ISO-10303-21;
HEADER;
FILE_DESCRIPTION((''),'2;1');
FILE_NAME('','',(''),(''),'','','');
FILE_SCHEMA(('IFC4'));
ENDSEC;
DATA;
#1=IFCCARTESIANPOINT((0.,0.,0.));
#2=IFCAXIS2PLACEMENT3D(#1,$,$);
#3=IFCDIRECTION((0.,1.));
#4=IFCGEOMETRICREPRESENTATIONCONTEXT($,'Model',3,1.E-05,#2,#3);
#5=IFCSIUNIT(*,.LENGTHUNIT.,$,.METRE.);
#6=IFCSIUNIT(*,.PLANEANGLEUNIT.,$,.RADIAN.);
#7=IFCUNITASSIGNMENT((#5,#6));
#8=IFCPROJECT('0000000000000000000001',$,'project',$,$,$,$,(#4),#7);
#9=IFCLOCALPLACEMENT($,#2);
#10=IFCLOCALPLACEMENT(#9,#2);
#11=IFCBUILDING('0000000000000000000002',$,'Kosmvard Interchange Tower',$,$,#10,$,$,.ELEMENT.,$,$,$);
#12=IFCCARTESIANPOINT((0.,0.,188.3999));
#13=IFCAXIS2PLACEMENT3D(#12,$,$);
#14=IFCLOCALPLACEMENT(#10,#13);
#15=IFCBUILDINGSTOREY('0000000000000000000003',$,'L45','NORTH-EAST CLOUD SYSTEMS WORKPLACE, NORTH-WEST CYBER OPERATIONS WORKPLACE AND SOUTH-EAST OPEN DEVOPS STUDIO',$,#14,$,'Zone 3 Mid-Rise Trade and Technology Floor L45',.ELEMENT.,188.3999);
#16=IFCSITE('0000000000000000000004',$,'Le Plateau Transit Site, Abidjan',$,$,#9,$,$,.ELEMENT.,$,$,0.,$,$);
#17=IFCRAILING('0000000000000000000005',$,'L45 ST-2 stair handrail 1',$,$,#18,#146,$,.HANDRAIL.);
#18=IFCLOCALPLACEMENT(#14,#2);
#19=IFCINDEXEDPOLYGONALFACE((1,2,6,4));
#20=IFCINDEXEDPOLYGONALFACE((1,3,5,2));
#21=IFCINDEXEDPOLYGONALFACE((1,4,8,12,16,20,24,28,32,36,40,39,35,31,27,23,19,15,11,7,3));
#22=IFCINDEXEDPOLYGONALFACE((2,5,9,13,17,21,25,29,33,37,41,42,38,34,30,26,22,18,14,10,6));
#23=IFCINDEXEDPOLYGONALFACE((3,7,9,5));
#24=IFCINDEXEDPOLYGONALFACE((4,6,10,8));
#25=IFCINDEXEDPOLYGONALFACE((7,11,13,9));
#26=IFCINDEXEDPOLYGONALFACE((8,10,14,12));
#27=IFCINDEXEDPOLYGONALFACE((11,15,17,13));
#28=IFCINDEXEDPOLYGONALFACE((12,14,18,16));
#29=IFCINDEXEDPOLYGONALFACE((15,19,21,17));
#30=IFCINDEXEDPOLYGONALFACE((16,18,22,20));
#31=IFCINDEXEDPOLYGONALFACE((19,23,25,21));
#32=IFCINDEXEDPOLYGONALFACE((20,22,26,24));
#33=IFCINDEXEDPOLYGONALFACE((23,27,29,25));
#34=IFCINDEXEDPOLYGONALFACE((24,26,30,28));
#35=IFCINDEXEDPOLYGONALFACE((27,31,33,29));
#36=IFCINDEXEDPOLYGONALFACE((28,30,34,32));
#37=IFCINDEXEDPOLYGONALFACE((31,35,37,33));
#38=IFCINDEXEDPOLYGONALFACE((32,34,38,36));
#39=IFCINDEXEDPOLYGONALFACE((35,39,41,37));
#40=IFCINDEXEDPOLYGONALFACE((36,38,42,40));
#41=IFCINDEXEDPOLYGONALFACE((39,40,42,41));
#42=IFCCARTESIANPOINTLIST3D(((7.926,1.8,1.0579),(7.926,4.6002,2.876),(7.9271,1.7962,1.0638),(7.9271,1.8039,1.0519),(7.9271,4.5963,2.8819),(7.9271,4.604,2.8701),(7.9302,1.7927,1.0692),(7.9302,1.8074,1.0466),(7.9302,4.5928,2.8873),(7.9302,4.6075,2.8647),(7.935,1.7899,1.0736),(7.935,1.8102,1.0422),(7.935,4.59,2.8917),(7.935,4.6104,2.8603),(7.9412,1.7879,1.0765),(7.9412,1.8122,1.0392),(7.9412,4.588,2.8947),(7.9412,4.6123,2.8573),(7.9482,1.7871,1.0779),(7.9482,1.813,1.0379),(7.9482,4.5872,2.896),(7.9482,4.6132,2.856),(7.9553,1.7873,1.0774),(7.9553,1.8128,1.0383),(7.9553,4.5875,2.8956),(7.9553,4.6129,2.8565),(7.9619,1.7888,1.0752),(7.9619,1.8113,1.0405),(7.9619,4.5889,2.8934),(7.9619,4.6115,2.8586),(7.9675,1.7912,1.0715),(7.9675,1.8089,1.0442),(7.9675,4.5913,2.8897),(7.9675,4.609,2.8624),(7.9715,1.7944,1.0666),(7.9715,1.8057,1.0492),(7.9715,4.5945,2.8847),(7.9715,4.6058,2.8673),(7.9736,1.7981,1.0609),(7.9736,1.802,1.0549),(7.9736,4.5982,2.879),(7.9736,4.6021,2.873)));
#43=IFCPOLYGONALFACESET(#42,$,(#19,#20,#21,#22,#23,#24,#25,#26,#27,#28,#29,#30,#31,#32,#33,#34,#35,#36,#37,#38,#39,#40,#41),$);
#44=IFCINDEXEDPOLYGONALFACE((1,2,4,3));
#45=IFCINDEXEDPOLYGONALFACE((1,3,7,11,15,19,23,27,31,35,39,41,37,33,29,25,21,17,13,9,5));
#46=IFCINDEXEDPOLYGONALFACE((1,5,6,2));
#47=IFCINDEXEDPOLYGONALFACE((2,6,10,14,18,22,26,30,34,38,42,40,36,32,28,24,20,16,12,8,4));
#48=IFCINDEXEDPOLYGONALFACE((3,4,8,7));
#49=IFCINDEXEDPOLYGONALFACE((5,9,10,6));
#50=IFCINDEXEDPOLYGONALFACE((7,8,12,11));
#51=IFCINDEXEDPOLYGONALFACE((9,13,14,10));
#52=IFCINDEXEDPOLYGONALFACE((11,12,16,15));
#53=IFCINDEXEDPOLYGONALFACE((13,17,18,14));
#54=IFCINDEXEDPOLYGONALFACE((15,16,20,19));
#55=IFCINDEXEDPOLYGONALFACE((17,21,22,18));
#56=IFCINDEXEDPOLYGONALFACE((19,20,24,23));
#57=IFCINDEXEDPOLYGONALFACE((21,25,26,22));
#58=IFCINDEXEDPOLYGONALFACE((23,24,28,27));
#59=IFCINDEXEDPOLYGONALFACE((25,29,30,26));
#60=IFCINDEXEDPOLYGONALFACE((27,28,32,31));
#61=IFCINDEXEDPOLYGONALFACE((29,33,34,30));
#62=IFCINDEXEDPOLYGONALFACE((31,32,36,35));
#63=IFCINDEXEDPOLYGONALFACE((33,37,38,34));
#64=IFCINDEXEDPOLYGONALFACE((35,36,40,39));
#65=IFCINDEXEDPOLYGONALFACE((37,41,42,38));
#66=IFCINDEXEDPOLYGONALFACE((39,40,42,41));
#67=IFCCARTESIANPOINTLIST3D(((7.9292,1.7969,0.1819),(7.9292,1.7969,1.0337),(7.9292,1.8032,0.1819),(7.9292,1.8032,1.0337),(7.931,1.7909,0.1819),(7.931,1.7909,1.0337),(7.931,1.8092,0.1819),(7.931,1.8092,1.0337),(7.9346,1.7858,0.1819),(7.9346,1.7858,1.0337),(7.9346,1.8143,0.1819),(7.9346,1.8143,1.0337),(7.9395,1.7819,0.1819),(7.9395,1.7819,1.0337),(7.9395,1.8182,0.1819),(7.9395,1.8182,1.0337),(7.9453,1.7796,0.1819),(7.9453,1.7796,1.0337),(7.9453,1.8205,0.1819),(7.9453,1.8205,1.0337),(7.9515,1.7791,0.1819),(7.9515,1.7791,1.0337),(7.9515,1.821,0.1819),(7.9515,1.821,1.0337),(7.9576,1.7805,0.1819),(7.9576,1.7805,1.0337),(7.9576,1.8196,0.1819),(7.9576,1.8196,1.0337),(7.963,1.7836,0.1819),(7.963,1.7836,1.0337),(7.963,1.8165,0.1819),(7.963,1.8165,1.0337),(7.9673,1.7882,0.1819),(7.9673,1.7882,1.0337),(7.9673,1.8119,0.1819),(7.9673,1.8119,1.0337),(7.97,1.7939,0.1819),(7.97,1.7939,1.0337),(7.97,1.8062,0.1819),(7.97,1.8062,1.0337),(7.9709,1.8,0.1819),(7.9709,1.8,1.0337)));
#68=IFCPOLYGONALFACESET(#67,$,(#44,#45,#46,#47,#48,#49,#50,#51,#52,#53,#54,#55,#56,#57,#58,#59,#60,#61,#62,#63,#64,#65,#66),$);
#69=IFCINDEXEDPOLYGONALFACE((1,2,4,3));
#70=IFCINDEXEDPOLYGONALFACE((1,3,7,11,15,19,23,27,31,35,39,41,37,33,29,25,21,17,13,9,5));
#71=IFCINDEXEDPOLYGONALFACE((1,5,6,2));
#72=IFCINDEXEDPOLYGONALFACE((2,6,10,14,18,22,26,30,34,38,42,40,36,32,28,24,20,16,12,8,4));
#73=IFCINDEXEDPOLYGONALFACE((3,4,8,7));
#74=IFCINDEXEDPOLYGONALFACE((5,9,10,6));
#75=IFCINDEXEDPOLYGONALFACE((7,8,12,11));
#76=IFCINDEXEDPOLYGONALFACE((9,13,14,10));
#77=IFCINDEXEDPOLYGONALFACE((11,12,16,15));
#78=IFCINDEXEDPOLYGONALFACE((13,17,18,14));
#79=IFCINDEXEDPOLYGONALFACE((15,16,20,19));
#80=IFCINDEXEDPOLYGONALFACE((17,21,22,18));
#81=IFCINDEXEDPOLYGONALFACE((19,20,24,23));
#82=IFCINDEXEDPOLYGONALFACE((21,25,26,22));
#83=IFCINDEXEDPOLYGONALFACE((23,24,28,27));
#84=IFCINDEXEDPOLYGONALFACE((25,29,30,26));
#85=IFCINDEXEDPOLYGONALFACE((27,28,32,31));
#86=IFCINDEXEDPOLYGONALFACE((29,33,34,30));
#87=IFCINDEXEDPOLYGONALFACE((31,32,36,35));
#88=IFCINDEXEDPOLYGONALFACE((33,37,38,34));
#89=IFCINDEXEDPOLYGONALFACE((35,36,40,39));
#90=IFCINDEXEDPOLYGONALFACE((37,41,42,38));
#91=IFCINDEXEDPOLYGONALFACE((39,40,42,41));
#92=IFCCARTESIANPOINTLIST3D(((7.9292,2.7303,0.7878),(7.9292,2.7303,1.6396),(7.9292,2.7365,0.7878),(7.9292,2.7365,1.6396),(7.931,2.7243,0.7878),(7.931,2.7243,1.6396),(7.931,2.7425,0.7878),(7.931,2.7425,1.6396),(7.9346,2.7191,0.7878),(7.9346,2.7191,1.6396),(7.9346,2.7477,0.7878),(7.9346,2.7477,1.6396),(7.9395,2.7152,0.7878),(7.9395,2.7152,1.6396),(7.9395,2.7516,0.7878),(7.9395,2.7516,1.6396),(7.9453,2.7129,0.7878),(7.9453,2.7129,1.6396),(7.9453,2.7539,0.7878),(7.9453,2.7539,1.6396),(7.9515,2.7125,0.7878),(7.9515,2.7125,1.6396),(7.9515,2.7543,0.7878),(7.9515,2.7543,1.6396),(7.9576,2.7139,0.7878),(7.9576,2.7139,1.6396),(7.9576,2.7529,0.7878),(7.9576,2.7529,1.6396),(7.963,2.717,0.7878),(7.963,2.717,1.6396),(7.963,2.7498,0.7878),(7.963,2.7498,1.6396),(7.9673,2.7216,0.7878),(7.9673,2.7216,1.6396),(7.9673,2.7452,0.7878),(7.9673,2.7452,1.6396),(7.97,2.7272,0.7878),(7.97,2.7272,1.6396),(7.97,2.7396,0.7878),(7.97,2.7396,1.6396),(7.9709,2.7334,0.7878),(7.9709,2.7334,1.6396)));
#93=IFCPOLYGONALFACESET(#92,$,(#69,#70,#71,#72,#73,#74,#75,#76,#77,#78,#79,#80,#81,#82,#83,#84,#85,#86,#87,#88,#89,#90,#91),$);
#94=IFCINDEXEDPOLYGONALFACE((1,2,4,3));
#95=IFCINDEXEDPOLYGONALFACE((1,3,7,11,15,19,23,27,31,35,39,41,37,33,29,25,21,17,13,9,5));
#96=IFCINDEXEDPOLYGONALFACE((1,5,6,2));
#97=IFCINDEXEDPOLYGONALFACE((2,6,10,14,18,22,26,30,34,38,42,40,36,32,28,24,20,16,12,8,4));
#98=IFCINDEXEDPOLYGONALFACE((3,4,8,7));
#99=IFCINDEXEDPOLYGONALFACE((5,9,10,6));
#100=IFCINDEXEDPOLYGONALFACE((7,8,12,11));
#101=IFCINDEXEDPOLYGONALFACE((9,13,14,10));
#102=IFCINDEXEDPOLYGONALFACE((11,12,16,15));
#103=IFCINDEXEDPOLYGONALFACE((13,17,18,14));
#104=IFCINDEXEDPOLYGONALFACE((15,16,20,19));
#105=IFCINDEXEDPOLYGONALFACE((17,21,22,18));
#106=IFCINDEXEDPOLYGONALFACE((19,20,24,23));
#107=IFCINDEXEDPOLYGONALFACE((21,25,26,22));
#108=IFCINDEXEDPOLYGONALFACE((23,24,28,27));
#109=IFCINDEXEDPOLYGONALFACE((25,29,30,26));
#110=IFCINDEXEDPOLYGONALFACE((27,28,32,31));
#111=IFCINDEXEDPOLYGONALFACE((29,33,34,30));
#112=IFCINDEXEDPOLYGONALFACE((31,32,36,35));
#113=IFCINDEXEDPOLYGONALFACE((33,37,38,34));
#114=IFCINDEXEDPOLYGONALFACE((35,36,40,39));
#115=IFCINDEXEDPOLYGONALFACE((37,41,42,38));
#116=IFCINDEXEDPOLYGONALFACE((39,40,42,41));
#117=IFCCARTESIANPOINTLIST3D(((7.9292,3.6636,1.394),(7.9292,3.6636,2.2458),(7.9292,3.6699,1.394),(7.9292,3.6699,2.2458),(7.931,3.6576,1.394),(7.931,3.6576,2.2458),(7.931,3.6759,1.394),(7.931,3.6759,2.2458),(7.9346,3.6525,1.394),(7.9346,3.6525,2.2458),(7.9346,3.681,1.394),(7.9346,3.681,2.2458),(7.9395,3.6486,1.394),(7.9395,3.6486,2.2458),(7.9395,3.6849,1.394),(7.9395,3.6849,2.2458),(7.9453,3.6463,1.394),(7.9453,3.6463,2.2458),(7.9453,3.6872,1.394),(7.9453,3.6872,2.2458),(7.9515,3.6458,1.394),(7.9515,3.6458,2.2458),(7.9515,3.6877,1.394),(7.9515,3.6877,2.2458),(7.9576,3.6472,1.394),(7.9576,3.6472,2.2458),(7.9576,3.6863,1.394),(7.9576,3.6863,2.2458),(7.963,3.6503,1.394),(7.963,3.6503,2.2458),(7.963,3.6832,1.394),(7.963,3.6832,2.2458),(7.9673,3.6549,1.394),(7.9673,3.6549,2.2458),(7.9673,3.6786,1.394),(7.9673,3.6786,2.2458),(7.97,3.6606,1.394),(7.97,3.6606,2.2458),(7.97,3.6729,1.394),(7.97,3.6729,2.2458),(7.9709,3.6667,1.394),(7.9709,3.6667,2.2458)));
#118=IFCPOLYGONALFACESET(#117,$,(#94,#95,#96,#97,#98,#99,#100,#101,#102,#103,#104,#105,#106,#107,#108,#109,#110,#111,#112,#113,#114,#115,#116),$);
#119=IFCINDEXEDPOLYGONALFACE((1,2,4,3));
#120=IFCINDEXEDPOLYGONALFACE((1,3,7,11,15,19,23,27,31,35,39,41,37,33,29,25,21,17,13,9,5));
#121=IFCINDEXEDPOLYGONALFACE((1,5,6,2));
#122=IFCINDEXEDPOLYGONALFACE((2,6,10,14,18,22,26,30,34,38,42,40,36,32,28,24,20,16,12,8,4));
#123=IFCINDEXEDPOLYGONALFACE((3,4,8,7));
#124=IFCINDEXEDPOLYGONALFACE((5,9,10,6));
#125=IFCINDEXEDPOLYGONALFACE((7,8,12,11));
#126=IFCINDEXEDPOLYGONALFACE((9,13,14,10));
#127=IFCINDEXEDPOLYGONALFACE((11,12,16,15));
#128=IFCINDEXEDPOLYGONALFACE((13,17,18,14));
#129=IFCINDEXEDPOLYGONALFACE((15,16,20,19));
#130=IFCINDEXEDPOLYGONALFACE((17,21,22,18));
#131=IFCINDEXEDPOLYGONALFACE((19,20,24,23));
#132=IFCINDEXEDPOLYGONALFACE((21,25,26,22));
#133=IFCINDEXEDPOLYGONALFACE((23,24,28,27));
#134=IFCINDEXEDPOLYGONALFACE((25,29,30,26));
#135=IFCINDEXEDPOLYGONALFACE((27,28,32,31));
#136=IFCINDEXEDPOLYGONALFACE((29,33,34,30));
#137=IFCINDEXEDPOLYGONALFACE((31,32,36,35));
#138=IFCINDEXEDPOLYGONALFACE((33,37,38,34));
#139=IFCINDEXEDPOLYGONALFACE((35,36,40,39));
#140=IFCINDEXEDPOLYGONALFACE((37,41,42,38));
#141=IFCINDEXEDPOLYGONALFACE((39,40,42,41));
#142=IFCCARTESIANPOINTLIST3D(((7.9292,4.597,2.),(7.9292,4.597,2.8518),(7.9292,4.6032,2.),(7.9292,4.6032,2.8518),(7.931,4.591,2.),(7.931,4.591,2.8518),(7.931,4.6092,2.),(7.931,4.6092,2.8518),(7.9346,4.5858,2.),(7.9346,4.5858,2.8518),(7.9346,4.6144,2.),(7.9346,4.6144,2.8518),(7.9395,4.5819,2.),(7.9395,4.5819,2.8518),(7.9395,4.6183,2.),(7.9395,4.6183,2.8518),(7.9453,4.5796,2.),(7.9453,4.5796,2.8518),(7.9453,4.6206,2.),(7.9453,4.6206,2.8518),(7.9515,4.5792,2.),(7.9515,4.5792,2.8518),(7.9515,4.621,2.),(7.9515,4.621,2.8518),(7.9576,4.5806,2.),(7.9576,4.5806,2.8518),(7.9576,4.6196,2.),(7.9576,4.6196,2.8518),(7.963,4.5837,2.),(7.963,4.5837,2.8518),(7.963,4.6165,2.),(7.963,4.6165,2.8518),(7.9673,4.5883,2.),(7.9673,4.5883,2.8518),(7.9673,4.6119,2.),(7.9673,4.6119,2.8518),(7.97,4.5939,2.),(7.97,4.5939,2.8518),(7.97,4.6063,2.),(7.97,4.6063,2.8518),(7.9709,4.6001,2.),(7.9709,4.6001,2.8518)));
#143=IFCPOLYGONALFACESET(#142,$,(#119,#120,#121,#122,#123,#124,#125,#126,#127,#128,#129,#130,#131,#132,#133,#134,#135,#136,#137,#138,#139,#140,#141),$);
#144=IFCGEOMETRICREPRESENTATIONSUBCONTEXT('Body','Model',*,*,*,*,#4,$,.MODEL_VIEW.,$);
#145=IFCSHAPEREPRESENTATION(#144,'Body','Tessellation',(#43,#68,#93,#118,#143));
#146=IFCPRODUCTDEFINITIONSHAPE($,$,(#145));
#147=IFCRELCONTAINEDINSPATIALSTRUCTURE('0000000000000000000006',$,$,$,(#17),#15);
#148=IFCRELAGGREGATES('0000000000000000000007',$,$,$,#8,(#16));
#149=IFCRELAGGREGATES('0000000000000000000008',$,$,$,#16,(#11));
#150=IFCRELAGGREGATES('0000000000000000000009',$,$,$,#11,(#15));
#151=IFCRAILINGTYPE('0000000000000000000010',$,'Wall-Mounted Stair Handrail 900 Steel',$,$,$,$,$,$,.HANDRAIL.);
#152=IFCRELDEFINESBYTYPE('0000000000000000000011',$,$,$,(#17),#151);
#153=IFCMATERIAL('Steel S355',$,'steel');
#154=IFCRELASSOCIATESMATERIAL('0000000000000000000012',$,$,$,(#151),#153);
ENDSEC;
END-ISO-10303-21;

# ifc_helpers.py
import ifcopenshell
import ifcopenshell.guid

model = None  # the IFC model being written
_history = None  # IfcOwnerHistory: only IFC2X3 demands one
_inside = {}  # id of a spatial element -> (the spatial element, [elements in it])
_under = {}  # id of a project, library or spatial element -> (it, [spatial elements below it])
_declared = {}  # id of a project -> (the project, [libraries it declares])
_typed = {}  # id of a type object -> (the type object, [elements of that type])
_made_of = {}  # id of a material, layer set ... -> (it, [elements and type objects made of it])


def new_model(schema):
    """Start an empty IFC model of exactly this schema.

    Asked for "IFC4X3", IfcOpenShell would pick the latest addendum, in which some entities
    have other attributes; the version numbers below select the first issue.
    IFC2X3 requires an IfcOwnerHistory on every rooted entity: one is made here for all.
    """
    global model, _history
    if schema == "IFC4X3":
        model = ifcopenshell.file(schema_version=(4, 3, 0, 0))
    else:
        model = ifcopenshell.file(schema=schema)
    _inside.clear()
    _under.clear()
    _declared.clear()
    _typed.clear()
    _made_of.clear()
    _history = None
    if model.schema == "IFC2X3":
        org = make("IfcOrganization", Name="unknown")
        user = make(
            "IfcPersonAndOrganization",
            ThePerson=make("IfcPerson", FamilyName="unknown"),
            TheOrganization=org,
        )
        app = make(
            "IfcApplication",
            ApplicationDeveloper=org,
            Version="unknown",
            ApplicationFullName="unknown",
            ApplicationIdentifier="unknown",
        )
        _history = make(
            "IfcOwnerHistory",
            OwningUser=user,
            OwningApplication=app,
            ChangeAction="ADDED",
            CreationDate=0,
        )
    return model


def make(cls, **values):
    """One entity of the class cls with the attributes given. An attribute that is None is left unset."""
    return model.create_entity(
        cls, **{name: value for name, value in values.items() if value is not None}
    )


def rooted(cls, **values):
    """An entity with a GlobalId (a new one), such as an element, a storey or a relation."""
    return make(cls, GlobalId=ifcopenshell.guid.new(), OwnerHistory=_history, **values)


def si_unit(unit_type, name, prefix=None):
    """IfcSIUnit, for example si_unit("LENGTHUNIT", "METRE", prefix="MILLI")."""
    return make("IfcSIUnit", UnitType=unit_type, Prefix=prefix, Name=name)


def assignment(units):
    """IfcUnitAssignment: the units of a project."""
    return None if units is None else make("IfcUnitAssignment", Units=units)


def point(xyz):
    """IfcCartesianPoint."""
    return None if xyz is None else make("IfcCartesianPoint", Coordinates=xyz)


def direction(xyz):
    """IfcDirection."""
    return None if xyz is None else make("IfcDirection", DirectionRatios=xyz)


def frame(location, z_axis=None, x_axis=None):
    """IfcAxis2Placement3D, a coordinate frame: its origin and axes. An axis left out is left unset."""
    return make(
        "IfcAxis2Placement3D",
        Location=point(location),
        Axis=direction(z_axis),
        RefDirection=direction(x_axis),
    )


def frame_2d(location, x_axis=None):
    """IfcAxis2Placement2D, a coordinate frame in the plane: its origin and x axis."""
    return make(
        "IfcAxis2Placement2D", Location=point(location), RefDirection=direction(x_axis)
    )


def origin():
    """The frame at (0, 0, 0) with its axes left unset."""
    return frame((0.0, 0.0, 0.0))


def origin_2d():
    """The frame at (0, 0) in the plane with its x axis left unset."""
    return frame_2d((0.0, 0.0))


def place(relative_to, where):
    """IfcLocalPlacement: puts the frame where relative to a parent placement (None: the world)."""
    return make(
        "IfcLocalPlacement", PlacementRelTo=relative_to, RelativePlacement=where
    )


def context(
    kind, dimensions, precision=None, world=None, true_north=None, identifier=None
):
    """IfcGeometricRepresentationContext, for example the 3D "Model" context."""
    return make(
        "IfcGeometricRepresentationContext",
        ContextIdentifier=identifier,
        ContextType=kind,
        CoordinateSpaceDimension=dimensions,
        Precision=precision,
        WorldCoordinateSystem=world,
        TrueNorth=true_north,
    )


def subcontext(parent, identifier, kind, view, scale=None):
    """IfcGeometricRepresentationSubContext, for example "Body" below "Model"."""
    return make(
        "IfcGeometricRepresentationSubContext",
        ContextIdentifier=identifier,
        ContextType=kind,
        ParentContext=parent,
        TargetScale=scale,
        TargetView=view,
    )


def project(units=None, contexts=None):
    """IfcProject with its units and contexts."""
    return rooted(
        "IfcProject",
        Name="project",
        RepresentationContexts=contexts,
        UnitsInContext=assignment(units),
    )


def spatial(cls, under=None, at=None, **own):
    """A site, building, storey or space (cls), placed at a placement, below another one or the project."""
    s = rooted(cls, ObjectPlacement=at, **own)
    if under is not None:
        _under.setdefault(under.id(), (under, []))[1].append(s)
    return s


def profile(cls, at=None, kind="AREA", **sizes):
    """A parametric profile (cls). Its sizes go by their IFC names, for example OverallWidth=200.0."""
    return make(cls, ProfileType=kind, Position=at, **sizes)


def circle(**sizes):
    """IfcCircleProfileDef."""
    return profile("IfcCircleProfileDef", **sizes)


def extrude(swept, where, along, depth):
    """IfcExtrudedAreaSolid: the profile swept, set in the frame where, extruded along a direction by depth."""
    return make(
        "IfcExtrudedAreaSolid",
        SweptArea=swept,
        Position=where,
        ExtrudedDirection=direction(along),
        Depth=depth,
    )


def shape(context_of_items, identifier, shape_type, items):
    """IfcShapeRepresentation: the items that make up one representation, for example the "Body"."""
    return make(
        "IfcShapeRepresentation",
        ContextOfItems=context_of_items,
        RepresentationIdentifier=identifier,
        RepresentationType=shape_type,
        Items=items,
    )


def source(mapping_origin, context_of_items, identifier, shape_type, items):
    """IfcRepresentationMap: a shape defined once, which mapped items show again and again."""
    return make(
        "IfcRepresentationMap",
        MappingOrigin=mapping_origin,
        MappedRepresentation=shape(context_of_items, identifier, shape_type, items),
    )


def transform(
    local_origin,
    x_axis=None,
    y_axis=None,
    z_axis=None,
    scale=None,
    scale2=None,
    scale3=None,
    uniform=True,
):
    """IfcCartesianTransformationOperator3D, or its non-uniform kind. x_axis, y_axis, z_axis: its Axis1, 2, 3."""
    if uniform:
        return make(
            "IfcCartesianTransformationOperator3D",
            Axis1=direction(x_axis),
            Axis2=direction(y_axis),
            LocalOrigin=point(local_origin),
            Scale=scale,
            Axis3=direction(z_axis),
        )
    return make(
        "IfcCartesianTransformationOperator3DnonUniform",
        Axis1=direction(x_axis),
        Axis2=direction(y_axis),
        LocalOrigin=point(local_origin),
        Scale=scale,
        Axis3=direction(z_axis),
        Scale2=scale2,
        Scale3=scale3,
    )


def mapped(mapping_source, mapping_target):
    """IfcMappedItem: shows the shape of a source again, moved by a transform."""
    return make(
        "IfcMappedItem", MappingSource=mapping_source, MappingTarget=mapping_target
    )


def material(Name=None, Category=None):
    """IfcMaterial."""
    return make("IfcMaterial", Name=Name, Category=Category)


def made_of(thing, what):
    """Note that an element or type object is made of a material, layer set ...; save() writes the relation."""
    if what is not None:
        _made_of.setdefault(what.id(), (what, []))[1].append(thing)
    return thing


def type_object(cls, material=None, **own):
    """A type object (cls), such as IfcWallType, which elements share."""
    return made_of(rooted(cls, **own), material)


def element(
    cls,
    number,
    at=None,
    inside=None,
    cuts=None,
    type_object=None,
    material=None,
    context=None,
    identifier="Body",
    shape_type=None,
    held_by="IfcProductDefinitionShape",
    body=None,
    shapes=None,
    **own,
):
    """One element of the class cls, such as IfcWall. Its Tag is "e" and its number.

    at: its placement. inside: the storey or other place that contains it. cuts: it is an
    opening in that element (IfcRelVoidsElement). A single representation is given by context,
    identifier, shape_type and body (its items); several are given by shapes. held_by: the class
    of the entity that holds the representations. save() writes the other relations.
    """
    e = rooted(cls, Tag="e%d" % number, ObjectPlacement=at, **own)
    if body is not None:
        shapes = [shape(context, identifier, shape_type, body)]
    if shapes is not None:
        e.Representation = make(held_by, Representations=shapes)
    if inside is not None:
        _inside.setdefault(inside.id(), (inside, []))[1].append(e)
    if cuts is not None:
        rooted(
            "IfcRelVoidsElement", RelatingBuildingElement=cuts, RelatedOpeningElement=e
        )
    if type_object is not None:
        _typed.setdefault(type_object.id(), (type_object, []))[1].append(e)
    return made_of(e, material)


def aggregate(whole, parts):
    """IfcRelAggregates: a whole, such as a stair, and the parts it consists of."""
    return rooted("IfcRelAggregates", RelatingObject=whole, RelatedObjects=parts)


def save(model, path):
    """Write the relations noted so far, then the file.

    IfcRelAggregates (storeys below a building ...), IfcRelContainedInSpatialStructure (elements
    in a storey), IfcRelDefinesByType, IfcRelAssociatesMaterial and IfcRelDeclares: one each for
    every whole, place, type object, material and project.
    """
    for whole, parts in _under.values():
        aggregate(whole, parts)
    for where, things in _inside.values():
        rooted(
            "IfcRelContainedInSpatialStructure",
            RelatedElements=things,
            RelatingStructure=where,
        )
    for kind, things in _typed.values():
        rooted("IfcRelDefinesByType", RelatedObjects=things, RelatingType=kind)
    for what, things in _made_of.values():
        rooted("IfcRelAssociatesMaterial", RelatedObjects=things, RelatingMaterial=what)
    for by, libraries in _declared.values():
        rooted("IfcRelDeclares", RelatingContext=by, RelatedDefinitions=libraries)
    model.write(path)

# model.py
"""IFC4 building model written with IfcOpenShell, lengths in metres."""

from ifc_helpers import new_model, si_unit, direction, frame, origin, origin_2d, place, context, subcontext, project, spatial, circle, extrude, source, transform, mapped, material, type_object, element, save


model = new_model("IFC4")

# Units and contexts
model_context = context("Model", 3, precision=1e-05, world=origin(), true_north=direction((0.0, 1.0)))
body_context = subcontext(model_context, "Body", "Model", "MODEL_VIEW")
ifc_project = project(units=[si_unit("LENGTHUNIT", "METRE"), si_unit("PLANEANGLEUNIT", "RADIAN")], contexts=[model_context])

# Site, building, storey
site_placement = place(None, origin())
site = spatial("IfcSite", under=ifc_project, at=site_placement, Name="Le Plateau Transit Site, Abidjan", CompositionType="ELEMENT", RefElevation=0.0)
building_placement = place(site_placement, origin())
building = spatial("IfcBuilding", under=site, at=building_placement, Name="Kosmvard Interchange Tower", CompositionType="ELEMENT")
storey_placement = place(building_placement, frame((0.0, 0.0, 188.3999)))
storey = spatial("IfcBuildingStorey", under=building, at=storey_placement, Name="L45", Description="NORTH-EAST CLOUD SYSTEMS WORKPLACE, NORTH-WEST CYBER OPERATIONS WORKPLACE AND SOUTH-EAST OPEN DEVOPS STUDIO", LongName="Zone 3 Mid-Rise Trade and Technology Floor L45", CompositionType="ELEMENT", Elevation=188.3999)

# Railing
ifc_material_1 = material(Name="Steel S355", Category="steel")
railing_type_1 = type_object("IfcRailingType", Name="Wall-Mounted Stair Handrail 900 Steel", PredefinedType="HANDRAIL", material=ifc_material_1)
shared_shape_1 = source(origin(), body_context, "Body", "SweptSolid", [
    extrude(circle(Radius=0.0239, at=origin_2d()), frame((0.0, 0.0, 0.876), z_axis=(0.0, 0.838706, 0.544585), x_axis=(-1.0, 0.0, 0.0)), (0.0, 0.0, 1.0), 3.3386),
    extrude(circle(Radius=0.021, at=origin_2d()), origin(), (0.0, 0.0, 1.0), 0.8518),
    extrude(circle(Radius=0.021, at=origin_2d()), frame((0.0, 0.9333, 0.606)), (0.0, 0.0, 1.0), 0.8518),
    extrude(circle(Radius=0.021, at=origin_2d()), frame((0.0, 1.8667, 1.2122)), (0.0, 0.0, 1.0), 0.8518),
    extrude(circle(Radius=0.021, at=origin_2d()), frame((0.0, 2.8, 1.8181)), (0.0, 0.0, 1.0), 0.8518),
])
railing_1_placement = place(storey_placement, frame((7.95, 1.8, 0.1819)))
element("IfcRailing", 1, at=railing_1_placement, inside=storey, type_object=railing_type_1, Name="L45 ST-2 stair handrail 1", PredefinedType="HANDRAIL", context=body_context, shape_type="MappedRepresentation", body=[
    mapped(shared_shape_1, transform((0.0, 0.0, 0.0), scale=1.0)),
])

save(model, "model.ifc")
